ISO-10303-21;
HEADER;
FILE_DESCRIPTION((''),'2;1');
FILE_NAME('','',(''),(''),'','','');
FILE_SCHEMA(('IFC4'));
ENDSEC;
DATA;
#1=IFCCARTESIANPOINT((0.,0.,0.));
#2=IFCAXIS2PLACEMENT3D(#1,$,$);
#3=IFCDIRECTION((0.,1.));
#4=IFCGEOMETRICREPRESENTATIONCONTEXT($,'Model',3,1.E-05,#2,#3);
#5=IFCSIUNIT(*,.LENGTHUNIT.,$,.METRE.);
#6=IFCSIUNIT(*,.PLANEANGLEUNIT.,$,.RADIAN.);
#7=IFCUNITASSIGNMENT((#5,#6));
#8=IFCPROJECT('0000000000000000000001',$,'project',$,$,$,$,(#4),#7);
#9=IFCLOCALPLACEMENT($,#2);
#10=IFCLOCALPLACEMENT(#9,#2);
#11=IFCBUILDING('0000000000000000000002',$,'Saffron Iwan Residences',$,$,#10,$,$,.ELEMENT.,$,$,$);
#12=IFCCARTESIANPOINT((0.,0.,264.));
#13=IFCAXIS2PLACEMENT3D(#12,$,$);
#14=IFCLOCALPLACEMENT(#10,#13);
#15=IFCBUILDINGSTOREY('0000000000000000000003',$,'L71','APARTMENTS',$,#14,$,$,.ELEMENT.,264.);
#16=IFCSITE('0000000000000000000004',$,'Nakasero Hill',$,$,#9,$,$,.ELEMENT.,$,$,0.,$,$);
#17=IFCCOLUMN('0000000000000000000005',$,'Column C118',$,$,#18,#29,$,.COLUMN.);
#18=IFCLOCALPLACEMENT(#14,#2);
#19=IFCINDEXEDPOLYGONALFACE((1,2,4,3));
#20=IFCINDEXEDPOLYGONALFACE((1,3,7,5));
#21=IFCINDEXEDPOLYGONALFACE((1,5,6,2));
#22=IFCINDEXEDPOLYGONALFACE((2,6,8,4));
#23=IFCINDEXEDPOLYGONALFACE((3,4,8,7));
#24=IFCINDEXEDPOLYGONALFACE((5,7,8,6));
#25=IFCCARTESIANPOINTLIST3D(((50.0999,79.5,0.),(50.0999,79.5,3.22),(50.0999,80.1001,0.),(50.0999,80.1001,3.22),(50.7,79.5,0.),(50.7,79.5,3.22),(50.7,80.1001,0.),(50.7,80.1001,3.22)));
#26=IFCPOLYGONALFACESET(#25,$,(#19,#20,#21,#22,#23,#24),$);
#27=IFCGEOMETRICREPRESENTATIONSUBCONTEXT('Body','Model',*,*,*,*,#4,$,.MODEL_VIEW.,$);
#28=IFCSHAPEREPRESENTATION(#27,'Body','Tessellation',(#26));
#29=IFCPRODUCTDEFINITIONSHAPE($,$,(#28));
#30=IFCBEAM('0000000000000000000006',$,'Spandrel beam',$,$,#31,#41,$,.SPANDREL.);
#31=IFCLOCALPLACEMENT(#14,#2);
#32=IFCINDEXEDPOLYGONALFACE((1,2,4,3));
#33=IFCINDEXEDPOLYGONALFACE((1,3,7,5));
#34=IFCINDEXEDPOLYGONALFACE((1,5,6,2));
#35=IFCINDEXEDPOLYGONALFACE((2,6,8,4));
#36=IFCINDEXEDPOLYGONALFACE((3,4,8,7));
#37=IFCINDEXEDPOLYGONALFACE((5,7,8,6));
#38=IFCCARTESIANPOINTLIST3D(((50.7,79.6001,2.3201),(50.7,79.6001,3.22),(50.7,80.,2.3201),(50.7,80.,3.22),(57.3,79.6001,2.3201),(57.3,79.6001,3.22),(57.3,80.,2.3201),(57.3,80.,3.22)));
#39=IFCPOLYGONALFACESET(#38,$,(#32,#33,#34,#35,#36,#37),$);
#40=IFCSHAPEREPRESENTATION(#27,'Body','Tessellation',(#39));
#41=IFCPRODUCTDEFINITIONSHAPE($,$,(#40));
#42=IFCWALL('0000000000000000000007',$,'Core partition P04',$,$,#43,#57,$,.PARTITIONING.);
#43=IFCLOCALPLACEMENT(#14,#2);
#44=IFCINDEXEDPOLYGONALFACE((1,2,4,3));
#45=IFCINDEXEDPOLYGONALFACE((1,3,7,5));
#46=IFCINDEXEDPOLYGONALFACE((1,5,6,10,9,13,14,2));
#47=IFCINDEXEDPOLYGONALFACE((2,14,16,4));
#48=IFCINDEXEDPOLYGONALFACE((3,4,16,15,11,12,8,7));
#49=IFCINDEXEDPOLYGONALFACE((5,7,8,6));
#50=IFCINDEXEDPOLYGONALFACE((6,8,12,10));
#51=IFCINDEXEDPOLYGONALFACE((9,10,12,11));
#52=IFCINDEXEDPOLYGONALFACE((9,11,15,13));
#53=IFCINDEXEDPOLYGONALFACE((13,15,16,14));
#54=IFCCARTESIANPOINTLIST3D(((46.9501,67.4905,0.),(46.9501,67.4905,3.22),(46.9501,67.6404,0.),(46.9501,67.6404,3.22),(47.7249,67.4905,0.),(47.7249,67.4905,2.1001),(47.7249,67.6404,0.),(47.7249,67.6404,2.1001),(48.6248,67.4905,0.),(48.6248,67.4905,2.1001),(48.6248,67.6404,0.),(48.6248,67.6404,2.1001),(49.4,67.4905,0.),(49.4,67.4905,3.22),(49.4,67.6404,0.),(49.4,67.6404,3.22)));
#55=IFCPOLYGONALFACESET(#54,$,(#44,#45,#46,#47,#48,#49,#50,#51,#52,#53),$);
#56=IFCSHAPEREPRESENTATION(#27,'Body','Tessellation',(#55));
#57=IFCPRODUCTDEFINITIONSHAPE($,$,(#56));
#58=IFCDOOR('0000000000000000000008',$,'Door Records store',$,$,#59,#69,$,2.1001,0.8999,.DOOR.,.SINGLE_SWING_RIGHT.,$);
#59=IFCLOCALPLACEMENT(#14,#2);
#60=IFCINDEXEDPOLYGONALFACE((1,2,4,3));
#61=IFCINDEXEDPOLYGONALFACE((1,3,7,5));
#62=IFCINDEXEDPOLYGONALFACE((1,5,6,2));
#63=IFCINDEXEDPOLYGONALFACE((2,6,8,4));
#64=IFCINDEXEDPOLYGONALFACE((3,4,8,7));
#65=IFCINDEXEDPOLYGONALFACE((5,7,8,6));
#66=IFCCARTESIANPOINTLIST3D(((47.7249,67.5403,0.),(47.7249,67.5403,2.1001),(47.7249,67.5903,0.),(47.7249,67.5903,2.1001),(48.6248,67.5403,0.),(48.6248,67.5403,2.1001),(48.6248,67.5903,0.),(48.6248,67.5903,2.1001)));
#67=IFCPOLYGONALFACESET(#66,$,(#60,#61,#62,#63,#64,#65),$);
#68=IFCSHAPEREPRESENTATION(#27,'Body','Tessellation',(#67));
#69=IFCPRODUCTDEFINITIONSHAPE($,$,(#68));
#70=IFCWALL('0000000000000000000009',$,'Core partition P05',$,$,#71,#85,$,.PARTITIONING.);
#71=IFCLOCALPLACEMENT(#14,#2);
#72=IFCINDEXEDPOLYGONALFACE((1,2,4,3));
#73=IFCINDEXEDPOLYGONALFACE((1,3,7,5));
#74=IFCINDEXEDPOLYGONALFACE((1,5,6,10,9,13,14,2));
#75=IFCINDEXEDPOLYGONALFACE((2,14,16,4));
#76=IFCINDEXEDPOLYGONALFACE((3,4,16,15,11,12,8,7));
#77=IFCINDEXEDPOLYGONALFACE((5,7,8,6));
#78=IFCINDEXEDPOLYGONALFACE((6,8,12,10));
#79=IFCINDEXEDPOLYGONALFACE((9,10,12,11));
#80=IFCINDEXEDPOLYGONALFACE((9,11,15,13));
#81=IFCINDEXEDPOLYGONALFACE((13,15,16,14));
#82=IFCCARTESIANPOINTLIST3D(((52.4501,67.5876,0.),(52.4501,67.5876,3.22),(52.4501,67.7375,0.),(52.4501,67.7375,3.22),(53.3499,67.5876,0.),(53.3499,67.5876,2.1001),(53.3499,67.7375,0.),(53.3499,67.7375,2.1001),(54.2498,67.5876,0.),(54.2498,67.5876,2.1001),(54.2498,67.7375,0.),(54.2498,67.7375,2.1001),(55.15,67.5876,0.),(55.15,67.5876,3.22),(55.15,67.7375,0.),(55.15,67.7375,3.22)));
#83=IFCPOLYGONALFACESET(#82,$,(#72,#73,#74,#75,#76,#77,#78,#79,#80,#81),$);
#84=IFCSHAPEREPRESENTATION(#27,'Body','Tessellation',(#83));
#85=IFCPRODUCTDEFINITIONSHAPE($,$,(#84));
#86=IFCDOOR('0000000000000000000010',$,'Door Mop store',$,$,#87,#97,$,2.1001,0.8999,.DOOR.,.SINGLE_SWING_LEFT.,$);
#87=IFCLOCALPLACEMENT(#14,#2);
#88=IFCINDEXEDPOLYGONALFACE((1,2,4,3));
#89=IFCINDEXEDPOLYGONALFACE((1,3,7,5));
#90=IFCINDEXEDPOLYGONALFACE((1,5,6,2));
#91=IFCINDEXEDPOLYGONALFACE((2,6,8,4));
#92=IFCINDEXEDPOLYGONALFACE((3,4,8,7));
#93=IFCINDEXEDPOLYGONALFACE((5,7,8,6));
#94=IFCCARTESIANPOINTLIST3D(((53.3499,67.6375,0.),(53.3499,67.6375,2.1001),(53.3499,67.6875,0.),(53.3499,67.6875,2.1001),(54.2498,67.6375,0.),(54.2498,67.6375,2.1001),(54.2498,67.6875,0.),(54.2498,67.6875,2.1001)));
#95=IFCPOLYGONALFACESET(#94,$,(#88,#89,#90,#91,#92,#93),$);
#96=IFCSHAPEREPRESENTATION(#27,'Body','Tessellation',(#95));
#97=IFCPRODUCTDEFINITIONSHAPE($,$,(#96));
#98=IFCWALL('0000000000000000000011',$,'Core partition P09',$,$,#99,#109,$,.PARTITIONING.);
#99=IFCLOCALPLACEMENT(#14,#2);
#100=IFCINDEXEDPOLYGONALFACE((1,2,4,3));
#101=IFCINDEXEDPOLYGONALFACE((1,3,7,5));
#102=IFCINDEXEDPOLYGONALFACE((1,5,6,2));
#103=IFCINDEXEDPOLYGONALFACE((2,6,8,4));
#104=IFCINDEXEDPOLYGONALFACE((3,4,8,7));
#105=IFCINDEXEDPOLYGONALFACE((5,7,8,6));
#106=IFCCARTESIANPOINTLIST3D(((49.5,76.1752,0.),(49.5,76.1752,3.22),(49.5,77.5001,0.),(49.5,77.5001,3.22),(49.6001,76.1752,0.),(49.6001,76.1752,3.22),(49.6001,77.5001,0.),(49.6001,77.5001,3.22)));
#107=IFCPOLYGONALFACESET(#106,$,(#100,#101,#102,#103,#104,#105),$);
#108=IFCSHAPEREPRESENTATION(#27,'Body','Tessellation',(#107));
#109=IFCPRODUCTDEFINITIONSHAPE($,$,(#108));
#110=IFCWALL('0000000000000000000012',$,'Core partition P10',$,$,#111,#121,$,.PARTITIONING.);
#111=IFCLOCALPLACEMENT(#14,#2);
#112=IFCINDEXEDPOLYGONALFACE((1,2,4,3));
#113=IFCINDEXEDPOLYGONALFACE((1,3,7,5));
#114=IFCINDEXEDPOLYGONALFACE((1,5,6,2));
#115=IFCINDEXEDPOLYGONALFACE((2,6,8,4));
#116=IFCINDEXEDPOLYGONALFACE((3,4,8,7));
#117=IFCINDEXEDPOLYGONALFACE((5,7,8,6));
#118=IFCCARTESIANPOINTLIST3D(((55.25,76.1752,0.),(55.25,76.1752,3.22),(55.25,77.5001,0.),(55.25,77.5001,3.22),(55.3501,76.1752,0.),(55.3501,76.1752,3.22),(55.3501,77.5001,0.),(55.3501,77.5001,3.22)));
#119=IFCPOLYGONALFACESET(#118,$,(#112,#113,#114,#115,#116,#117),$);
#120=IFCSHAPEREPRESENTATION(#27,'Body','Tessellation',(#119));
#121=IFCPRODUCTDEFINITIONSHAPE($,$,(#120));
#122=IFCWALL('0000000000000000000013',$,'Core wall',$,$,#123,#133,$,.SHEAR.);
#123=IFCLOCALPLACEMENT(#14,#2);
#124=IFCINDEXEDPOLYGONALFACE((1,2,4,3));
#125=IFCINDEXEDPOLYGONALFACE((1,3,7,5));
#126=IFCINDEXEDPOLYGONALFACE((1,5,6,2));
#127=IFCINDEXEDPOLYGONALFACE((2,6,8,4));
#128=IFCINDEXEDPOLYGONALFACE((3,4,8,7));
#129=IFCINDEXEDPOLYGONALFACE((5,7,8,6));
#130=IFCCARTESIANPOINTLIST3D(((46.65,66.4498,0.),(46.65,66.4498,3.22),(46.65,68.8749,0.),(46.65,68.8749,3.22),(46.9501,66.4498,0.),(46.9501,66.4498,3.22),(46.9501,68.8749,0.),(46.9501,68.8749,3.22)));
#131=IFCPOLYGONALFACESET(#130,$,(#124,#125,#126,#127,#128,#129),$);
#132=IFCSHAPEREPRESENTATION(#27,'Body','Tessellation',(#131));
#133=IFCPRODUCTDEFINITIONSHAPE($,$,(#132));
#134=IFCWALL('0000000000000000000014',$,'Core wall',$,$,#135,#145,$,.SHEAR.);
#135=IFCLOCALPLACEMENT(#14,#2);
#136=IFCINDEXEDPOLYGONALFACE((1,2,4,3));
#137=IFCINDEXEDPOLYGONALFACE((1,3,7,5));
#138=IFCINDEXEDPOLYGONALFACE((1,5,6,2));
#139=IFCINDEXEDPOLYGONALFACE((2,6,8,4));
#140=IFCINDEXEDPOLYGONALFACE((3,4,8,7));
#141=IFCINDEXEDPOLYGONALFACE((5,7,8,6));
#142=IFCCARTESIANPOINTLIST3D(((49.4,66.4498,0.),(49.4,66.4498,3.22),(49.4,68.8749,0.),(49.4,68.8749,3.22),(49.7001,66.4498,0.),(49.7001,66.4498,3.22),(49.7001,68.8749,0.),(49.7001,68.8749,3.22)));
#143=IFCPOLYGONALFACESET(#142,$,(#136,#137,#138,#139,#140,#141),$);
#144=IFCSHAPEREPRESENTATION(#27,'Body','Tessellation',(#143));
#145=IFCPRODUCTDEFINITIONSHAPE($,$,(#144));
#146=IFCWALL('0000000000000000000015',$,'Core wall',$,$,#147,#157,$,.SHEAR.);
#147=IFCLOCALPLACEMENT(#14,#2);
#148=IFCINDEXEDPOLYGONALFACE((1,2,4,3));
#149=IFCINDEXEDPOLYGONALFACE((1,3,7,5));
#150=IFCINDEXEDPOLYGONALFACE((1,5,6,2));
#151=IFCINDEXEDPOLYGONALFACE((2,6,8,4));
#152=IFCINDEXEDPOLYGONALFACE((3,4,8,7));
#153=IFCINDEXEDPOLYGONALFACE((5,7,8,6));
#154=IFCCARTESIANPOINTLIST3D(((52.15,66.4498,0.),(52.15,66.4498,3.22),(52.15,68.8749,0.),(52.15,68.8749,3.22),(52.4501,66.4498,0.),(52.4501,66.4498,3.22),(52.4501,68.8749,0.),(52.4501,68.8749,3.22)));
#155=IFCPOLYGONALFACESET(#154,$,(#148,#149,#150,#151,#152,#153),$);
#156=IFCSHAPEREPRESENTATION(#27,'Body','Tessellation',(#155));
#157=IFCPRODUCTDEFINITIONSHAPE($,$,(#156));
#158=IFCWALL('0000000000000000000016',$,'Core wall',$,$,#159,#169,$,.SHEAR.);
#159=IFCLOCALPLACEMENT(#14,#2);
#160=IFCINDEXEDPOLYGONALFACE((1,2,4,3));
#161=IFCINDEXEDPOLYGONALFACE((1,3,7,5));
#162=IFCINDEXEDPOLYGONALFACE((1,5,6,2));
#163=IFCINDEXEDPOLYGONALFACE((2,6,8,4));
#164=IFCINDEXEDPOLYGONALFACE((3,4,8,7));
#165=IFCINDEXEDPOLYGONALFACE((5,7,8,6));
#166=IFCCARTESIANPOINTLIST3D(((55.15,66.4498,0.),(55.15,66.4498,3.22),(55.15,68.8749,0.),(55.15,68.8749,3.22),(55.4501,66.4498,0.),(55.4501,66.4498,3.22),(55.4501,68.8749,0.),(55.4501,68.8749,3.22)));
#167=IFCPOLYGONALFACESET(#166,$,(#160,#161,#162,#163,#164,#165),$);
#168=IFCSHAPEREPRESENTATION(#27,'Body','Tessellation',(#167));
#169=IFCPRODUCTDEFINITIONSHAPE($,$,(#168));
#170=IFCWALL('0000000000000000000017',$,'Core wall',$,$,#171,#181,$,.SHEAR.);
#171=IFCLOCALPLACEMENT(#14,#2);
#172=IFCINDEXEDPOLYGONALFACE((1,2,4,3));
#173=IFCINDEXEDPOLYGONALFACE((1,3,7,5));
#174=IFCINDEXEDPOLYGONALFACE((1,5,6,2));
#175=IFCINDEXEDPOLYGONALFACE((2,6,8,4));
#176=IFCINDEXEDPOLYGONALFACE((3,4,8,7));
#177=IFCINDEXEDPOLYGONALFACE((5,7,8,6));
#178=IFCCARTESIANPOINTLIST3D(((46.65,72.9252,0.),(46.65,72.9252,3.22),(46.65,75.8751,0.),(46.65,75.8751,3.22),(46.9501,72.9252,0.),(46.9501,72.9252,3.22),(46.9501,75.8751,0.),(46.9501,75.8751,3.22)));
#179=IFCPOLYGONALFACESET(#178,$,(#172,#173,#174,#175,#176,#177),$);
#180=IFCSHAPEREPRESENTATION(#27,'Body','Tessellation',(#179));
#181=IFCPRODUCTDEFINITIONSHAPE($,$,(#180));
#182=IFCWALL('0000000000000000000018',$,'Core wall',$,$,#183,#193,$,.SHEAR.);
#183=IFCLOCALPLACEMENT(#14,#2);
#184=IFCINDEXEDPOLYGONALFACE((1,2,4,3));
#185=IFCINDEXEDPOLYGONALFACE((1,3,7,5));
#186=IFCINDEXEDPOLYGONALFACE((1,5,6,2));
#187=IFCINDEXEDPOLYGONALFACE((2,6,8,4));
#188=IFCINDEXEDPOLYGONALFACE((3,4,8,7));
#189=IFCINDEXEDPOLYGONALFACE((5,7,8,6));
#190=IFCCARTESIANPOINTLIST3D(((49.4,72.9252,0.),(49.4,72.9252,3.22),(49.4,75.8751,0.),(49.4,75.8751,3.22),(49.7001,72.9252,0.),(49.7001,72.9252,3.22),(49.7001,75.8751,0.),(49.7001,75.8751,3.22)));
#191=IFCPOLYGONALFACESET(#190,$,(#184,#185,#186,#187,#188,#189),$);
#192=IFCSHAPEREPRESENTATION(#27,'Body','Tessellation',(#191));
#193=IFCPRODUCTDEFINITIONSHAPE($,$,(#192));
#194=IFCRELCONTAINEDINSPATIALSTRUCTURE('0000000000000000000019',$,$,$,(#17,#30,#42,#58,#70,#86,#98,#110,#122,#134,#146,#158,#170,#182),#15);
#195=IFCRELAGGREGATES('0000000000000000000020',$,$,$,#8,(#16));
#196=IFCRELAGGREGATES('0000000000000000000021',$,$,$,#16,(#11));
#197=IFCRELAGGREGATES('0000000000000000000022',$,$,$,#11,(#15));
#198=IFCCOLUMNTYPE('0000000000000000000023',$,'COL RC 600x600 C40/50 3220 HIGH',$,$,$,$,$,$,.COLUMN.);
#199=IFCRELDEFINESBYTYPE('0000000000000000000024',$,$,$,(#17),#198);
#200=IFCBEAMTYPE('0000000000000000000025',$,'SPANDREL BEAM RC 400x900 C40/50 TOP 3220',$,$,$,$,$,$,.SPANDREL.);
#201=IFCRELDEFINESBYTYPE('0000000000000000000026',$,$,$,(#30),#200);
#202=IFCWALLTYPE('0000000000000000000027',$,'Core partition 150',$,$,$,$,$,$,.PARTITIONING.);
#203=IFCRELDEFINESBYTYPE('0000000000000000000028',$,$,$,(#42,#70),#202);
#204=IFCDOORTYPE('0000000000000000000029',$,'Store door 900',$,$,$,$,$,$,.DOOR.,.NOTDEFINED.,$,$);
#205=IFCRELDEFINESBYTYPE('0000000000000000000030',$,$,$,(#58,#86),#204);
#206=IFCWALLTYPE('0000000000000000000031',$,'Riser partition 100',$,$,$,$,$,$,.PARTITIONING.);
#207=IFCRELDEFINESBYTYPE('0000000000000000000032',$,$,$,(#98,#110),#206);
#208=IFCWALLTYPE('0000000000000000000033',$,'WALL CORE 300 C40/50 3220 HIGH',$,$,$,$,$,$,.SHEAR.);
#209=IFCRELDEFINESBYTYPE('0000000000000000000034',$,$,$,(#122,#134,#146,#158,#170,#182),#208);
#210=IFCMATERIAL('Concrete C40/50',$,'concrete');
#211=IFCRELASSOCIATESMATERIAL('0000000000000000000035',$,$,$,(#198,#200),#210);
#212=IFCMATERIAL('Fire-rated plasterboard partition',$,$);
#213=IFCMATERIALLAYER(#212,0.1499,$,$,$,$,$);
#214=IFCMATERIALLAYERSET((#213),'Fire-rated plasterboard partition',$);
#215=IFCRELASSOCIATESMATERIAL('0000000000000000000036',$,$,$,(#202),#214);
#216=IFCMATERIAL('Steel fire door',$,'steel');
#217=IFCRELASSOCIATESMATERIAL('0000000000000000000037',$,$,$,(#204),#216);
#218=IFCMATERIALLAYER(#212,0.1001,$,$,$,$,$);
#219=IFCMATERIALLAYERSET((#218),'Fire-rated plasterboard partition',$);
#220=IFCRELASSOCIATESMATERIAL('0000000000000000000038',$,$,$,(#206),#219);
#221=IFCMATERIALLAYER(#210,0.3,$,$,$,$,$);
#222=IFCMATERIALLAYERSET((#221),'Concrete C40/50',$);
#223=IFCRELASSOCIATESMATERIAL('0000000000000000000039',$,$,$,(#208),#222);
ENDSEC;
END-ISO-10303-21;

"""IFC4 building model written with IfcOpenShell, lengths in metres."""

from ifc_helpers import new_model, si_unit, direction, frame, frame_2d, origin, origin_2d, place, context, subcontext, project, spatial, rectangle, extrude, source, transform, mapped, material, layer, layer_set, material_profile, profile_set, type_object, element, fill, save


model = new_model("IFC4")

# Units and contexts
model_context = context("Model", 3, precision=1e-05, world=origin(), true_north=direction((0.0, 1.0)))
body_context = subcontext(model_context, "Body", "Model", "MODEL_VIEW")
ifc_project = project(units=[si_unit("LENGTHUNIT", "METRE"), si_unit("PLANEANGLEUNIT", "RADIAN")], contexts=[model_context])

# Site, building, storey
site_placement = place(None, origin())
site = spatial("IfcSite", under=ifc_project, at=site_placement, Name="Nakasero Hill", CompositionType="ELEMENT", RefElevation=0.0)
building_placement = place(site_placement, origin())
building = spatial("IfcBuilding", under=site, at=building_placement, Name="Saffron Iwan Residences", CompositionType="ELEMENT")
storey_placement = place(building_placement, frame((0.0, 0.0, 264.0)))
storey = spatial("IfcBuildingStorey", under=building, at=storey_placement, Name="L71", Description="APARTMENTS", CompositionType="ELEMENT", Elevation=264.0)

# Column
ifc_material_1 = material(Name="Concrete C40/50", Category="concrete")
ifc_material_profile_1 = material_profile(ifc_material_1, rectangle(XDim=0.6001, YDim=0.6001, at=origin_2d()), Name="RC 600x600")
ifc_profile_set_1 = profile_set([ifc_material_profile_1], Name="Concrete C40/50")
column_type = type_object("IfcColumnType", Name="COL RC 600x600 C40/50 3220 HIGH", PredefinedType="COLUMN", material=ifc_profile_set_1)
shared_shape_1 = source(origin(), body_context, "Body", "SweptSolid", [
    extrude(rectangle(XDim=0.6001, YDim=0.6001, at=origin_2d()), origin(), (0.0, 0.0, 1.0), 3.22),
])
column_placement = place(storey_placement, frame((50.3999, 79.8, 0.0), z_axis=(0.0, 0.0, 1.0), x_axis=(1.0, 0.0, 0.0)))
element("IfcColumn", 1, at=column_placement, inside=storey, type_object=column_type, Name="Column C118", PredefinedType="COLUMN", context=body_context, shape_type="MappedRepresentation", body=[
    mapped(shared_shape_1, transform((0.0, 0.0, 0.0))),
])

# Beam
ifc_material_profile_2 = material_profile(ifc_material_1, rectangle(XDim=0.3999, YDim=0.8999, at=origin_2d()), Name="RC 400x900")
ifc_profile_set_2 = profile_set([ifc_material_profile_2], Name="Concrete C40/50")
beam_type = type_object("IfcBeamType", Name="SPANDREL BEAM RC 400x900 C40/50 TOP 3220", PredefinedType="SPANDREL", material=ifc_profile_set_2)
shared_shape_2 = source(origin(), body_context, "Body", "SweptSolid", [
    extrude(rectangle(XDim=0.3999, YDim=0.8999, at=origin_2d()), origin(), (0.0, 0.0, 1.0), 6.6001),
])
beam_placement = place(storey_placement, frame((50.7, 79.8, 2.77), z_axis=(1.0, 0.0, 0.0), x_axis=(0.0, 1.0, 0.0)))
element("IfcBeam", 2, at=beam_placement, inside=storey, type_object=beam_type, Name="Spandrel beam", PredefinedType="SPANDREL", context=body_context, shape_type="MappedRepresentation", body=[
    mapped(shared_shape_2, transform((0.0, 0.0, 0.0))),
])

# Walls, openings, doors
ifc_material_2 = material(Name="Fire-rated plasterboard partition")
ifc_layer_1 = layer(ifc_material_2, 0.1499)
ifc_layer_set_1 = layer_set([ifc_layer_1], Name="Fire-rated plasterboard partition")
wall_type_1 = type_object("IfcWallType", Name="Core partition 150", PredefinedType="PARTITIONING", material=ifc_layer_set_1)
wall_1_placement = place(storey_placement, frame((46.95, 67.5654, 0.0), z_axis=(0.0, 0.0, 1.0), x_axis=(1.0, 0.0, 0.0)))
wall_1 = element("IfcWall", 3, at=wall_1_placement, inside=storey, type_object=wall_type_1, Name="Core partition P04", PredefinedType="PARTITIONING", context=body_context, shape_type="SweptSolid", body=[
    extrude(rectangle(XDim=2.45, YDim=0.1499, at=frame_2d((1.2251, 0.0))), origin(), (0.0, 0.0, 1.0), 3.22),
])
opening_1_placement = place(wall_1_placement, frame((0.7749, 0.0, 0.0)))
opening_1 = element("IfcOpeningElement", 4, at=opening_1_placement, cuts=wall_1, PredefinedType="OPENING", context=body_context, shape_type="SweptSolid", body=[
    extrude(rectangle(XDim=0.8999, YDim=2.1001, at=frame_2d((0.45, 1.05))), frame((0.0, 0.085, 0.0), z_axis=(0.0, -1.0, 0.0), x_axis=(1.0, 0.0, 0.0)), (0.0, 0.0, 1.0), 0.1699),
])
ifc_material_3 = material(Name="Steel fire door", Category="steel")
door_type = type_object("IfcDoorType", Name="Store door 900", OperationType="NOTDEFINED", PredefinedType="DOOR", material=ifc_material_3)
door_1_placement = place(opening_1_placement, origin())
door_1 = element("IfcDoor", 5, at=door_1_placement, inside=storey, type_object=door_type, Name="Door Records store", OperationType="SINGLE_SWING_RIGHT", OverallHeight=2.1001, OverallWidth=0.8999, PredefinedType="DOOR", context=body_context, shape_type="SweptSolid", body=[
    extrude(rectangle(XDim=0.8999, YDim=2.1001, at=frame_2d((0.45, 1.05))), frame((0.0, 0.0249, 0.0), z_axis=(0.0, -1.0, 0.0), x_axis=(1.0, 0.0, 0.0)), (0.0, 0.0, 1.0), 0.05),
])
fill(opening_1, door_1)
wall_2_placement = place(storey_placement, frame((52.45, 67.6626, 0.0), z_axis=(0.0, 0.0, 1.0), x_axis=(1.0, 0.0, 0.0)))
wall_2 = element("IfcWall", 6, at=wall_2_placement, inside=storey, type_object=wall_type_1, Name="Core partition P05", PredefinedType="PARTITIONING", context=body_context, shape_type="SweptSolid", body=[
    extrude(rectangle(XDim=2.7, YDim=0.1499, at=frame_2d((1.3501, 0.0))), origin(), (0.0, 0.0, 1.0), 3.22),
])
opening_2_placement = place(wall_2_placement, frame((0.8999, 0.0, 0.0)))
opening_2 = element("IfcOpeningElement", 7, at=opening_2_placement, cuts=wall_2, PredefinedType="OPENING", context=body_context, shape_type="SweptSolid", body=[
    extrude(rectangle(XDim=0.8999, YDim=2.1001, at=frame_2d((0.45, 1.05))), frame((0.0, 0.085, 0.0), z_axis=(0.0, -1.0, 0.0), x_axis=(1.0, 0.0, 0.0)), (0.0, 0.0, 1.0), 0.1699),
])
door_2_placement = place(opening_2_placement, origin())
door_2 = element("IfcDoor", 8, at=door_2_placement, inside=storey, type_object=door_type, Name="Door Mop store", OperationType="SINGLE_SWING_LEFT", OverallHeight=2.1001, OverallWidth=0.8999, PredefinedType="DOOR", context=body_context, shape_type="SweptSolid", body=[
    extrude(rectangle(XDim=0.8999, YDim=2.1001, at=frame_2d((0.45, 1.05))), frame((0.0, 0.0249, 0.0), z_axis=(0.0, -1.0, 0.0), x_axis=(1.0, 0.0, 0.0)), (0.0, 0.0, 1.0), 0.05),
])
fill(opening_2, door_2)

# Walls
ifc_layer_2 = layer(ifc_material_2, 0.1001)
ifc_layer_set_2 = layer_set([ifc_layer_2], Name="Fire-rated plasterboard partition")
wall_type_2 = type_object("IfcWallType", Name="Riser partition 100", PredefinedType="PARTITIONING", material=ifc_layer_set_2)
for number, where, z_axis, x_axis, name in (
    (9, (49.55, 76.175, 0.0), (0.0, 0.0, 1.0), (0.0, 1.0, 0.0), "Core partition P09"),
    (10, (55.3, 76.175, 0.0), (0.0, 0.0, 1.0), (0.0, 1.0, 0.0), "Core partition P10"),
):
    element("IfcWall", number, at=place(storey_placement, frame(where, z_axis=z_axis, x_axis=x_axis)), inside=storey, type_object=wall_type_2, Name=name, PredefinedType="PARTITIONING", context=body_context, shape_type="SweptSolid", body=[
        extrude(rectangle(XDim=1.325, YDim=0.1001, at=frame_2d((0.6626, 0.0))), origin(), (0.0, 0.0, 1.0), 3.22),
    ])
ifc_layer_3 = layer(ifc_material_1, 0.3)
ifc_layer_set_3 = layer_set([ifc_layer_3], Name="Concrete C40/50")
wall_type_3 = type_object("IfcWallType", Name="WALL CORE 300 C40/50 3220 HIGH", PredefinedType="SHEAR", material=ifc_layer_set_3)
for number, where, z_axis, x_axis, name in (
    (11, (46.8, 66.45, 0.0), (0.0, 0.0, 1.0), (0.0, 1.0, 0.0), "Core wall"),
    (12, (49.55, 66.45, 0.0), (0.0, 0.0, 1.0), (0.0, 1.0, 0.0), "Core wall"),
    (13, (52.3, 66.45, 0.0), (0.0, 0.0, 1.0), (0.0, 1.0, 0.0), "Core wall"),
    (14, (55.3, 66.45, 0.0), (0.0, 0.0, 1.0), (0.0, 1.0, 0.0), "Core wall"),
):
    element("IfcWall", number, at=place(storey_placement, frame(where, z_axis=z_axis, x_axis=x_axis)), inside=storey, type_object=wall_type_3, Name=name, PredefinedType="SHEAR", context=body_context, shape_type="SweptSolid", body=[
        extrude(rectangle(XDim=2.425, YDim=0.3, at=frame_2d((1.2124, 0.0))), origin(), (0.0, 0.0, 1.0), 3.22),
    ])
for number, where, z_axis, x_axis, name in (
    (15, (46.8, 72.925, 0.0), (0.0, 0.0, 1.0), (0.0, 1.0, 0.0), "Core wall"),
    (16, (49.55, 72.925, 0.0), (0.0, 0.0, 1.0), (0.0, 1.0, 0.0), "Core wall"),
):
    element("IfcWall", number, at=place(storey_placement, frame(where, z_axis=z_axis, x_axis=x_axis)), inside=storey, type_object=wall_type_3, Name=name, PredefinedType="SHEAR", context=body_context, shape_type="SweptSolid", body=[
        extrude(rectangle(XDim=2.95, YDim=0.3, at=frame_2d((1.4751, 0.0))), origin(), (0.0, 0.0, 1.0), 3.22),
    ])

save(model, "model.ifc")
